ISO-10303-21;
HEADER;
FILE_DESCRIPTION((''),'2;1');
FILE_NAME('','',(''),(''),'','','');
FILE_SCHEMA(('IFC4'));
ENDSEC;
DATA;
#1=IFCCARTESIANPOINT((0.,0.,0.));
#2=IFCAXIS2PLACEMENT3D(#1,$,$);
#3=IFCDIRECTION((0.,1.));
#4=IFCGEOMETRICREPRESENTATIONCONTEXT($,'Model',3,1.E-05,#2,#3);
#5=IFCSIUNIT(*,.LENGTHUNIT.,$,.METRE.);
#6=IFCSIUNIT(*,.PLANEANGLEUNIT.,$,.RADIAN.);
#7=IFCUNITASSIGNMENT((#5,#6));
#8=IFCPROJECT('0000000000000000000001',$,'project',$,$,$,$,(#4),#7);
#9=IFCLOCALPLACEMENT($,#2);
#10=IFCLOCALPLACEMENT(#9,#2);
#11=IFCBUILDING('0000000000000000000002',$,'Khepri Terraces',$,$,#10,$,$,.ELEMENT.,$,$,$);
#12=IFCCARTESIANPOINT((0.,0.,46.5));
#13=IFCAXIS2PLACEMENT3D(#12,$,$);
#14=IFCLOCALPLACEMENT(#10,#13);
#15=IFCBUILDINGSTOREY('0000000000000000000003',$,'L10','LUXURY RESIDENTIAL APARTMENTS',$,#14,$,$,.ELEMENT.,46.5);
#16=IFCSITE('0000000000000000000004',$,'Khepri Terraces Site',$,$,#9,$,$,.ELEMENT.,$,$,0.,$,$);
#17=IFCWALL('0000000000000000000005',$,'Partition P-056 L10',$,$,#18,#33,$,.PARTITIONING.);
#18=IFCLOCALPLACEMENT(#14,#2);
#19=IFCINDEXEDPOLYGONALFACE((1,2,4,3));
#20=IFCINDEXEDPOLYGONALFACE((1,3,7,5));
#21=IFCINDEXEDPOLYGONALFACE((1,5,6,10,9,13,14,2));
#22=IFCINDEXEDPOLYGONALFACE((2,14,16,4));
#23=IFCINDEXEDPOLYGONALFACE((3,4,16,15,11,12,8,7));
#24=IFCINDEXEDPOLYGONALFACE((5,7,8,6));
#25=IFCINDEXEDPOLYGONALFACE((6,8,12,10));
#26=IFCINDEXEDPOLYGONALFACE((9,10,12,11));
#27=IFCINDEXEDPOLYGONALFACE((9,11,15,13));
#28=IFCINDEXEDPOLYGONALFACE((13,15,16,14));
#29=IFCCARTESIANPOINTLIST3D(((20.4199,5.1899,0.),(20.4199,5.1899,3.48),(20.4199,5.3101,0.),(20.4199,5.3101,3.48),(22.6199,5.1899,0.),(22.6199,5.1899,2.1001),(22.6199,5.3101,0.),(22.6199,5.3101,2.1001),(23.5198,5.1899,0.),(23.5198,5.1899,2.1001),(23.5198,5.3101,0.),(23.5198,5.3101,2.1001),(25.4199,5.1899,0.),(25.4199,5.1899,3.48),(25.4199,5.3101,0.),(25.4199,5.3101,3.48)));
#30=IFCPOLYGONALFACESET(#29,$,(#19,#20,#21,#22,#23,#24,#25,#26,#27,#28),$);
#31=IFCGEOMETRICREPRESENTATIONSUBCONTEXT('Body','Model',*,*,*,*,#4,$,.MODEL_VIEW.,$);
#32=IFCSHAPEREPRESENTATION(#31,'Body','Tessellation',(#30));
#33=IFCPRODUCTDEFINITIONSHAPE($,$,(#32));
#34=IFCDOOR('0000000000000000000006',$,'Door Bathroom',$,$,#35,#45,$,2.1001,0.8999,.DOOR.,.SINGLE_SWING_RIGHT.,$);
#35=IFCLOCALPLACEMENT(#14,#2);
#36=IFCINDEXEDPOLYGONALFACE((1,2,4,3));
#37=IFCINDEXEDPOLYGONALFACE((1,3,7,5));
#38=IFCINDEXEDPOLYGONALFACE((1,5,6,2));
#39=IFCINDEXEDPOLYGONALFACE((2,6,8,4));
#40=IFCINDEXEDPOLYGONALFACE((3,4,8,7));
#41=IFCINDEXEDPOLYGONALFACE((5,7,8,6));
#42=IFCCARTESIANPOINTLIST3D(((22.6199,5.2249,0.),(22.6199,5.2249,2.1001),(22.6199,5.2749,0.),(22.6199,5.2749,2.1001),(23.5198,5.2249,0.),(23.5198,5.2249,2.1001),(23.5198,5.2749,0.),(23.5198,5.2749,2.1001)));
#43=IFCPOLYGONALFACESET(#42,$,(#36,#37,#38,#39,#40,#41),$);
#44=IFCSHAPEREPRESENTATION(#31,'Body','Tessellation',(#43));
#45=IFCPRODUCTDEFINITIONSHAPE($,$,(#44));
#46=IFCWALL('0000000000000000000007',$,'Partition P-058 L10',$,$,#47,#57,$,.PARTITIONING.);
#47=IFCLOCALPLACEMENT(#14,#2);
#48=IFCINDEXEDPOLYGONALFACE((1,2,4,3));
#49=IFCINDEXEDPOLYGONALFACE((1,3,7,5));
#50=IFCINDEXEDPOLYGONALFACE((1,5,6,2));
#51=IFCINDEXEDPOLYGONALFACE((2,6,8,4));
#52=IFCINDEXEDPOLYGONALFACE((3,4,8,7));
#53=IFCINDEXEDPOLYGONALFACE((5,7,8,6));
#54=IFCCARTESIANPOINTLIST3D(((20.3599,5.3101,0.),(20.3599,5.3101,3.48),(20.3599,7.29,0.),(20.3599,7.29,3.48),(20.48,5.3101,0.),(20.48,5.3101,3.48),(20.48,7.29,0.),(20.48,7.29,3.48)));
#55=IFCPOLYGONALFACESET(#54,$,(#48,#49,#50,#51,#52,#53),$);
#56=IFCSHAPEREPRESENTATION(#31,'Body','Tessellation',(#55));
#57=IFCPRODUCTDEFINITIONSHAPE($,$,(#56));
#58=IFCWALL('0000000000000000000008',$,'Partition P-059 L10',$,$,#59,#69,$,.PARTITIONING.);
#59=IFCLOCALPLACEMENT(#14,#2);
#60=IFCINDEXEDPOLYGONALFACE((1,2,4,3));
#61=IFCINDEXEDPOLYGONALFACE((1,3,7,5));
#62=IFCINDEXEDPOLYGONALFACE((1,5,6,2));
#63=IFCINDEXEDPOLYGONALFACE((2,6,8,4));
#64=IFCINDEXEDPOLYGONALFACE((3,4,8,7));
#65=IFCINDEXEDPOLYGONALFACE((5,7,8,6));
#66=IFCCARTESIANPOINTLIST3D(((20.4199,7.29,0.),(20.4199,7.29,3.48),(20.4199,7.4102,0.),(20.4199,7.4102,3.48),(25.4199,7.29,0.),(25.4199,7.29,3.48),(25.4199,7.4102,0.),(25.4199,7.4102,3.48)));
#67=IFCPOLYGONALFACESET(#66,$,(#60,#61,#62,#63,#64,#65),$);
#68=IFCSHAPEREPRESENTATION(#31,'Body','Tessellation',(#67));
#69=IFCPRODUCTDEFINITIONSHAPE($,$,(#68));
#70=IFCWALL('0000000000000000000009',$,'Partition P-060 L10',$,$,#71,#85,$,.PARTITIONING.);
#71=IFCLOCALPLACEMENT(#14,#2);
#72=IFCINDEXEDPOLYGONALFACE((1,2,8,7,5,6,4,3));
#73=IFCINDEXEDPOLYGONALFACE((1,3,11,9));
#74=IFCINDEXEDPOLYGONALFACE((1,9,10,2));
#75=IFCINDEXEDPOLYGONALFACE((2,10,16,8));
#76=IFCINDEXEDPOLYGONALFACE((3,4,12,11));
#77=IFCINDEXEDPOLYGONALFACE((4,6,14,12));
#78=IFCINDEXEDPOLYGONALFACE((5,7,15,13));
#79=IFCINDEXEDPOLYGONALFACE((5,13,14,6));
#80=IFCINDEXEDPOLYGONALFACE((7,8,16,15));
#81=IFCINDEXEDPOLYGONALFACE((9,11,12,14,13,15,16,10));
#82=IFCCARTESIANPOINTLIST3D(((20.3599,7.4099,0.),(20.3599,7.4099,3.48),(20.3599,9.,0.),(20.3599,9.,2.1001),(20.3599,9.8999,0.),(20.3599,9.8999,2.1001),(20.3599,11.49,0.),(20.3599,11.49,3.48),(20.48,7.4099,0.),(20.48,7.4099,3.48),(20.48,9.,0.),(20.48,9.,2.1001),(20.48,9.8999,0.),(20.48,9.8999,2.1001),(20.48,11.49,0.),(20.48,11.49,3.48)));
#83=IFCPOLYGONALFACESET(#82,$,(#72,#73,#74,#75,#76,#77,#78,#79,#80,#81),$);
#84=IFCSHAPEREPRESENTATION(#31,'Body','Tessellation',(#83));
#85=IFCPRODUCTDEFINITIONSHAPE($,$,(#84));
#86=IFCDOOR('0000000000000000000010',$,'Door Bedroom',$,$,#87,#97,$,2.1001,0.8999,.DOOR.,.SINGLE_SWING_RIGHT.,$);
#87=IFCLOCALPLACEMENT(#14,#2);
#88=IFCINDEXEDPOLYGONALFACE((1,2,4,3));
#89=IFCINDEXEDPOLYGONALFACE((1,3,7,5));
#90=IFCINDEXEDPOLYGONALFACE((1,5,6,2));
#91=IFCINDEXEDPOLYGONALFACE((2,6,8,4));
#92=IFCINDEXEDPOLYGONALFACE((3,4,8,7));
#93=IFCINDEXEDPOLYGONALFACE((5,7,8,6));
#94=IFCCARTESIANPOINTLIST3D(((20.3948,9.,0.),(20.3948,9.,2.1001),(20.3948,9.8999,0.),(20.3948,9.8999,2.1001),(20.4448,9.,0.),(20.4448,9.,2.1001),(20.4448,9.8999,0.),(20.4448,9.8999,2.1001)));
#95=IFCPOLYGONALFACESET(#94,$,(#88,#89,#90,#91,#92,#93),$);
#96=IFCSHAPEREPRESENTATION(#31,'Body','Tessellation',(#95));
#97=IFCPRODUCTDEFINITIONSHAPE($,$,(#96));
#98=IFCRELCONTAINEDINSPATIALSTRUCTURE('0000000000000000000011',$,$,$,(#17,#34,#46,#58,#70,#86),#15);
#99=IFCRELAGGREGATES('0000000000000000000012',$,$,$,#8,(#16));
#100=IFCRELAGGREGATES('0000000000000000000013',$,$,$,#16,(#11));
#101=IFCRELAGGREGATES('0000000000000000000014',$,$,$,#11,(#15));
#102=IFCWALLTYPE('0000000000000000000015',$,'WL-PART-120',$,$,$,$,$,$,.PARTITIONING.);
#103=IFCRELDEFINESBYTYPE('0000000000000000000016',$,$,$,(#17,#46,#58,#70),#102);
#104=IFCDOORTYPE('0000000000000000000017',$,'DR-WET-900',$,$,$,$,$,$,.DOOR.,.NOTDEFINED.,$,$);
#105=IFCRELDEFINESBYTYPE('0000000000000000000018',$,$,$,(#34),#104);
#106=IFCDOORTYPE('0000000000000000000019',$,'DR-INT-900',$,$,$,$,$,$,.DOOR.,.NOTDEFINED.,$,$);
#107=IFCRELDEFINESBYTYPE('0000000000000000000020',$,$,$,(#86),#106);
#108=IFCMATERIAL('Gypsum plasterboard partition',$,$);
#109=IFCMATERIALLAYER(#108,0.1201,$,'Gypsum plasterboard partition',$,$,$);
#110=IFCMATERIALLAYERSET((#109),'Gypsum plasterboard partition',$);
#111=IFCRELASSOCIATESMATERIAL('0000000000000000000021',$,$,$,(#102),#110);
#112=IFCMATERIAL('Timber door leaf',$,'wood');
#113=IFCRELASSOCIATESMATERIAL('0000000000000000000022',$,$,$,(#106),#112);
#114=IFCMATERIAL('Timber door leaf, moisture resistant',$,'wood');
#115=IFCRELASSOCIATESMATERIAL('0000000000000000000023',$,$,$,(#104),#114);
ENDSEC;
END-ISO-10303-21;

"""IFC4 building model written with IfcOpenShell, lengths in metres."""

from ifc_helpers import new_model, si_unit, direction, frame, frame_2d, origin, place, context, subcontext, project, spatial, rectangle, extrude, material, layer, layer_set, type_object, element, fill, save


model = new_model("IFC4")

# Units and contexts
model_context = context("Model", 3, precision=1e-05, world=origin(), true_north=direction((0.0, 1.0)))
body_context = subcontext(model_context, "Body", "Model", "MODEL_VIEW")
ifc_project = project(units=[si_unit("LENGTHUNIT", "METRE"), si_unit("PLANEANGLEUNIT", "RADIAN")], contexts=[model_context])

# Site, building, storey
site_placement = place(None, origin())
site = spatial("IfcSite", under=ifc_project, at=site_placement, Name="Khepri Terraces Site", CompositionType="ELEMENT", RefElevation=0.0)
building_placement = place(site_placement, origin())
building = spatial("IfcBuilding", under=site, at=building_placement, Name="Khepri Terraces", CompositionType="ELEMENT")
storey_placement = place(building_placement, frame((0.0, 0.0, 46.5)))
storey = spatial("IfcBuildingStorey", under=building, at=storey_placement, Name="L10", Description="LUXURY RESIDENTIAL APARTMENTS", CompositionType="ELEMENT", Elevation=46.5)

# Shared definitions
ifc_material_1 = material(Name="Gypsum plasterboard partition")
ifc_layer_1 = layer(ifc_material_1, 0.1201, Name="Gypsum plasterboard partition")
ifc_layer_set_1 = layer_set([ifc_layer_1], Name="Gypsum plasterboard partition")
wall_type_1 = type_object("IfcWallType", Name="WL-PART-120", PredefinedType="PARTITIONING", material=ifc_layer_set_1)

# Shared definitions
ifc_material_2 = material(Name="Timber door leaf", Category="wood")
door_type_1 = type_object("IfcDoorType", Name="DR-INT-900", OperationType="NOTDEFINED", PredefinedType="DOOR", material=ifc_material_2)

# Wall, opening, door
wall_1_placement = place(storey_placement, frame((20.4199, 5.25, 0.0), z_axis=(0.0, 0.0, 1.0), x_axis=(1.0, 0.0, 0.0)))
wall_1 = element("IfcWall", 1, at=wall_1_placement, inside=storey, type_object=wall_type_1, Name="Partition P-056 L10", PredefinedType="PARTITIONING", context=body_context, shape_type="SweptSolid", body=[
    extrude(rectangle(XDim=5.0, YDim=0.1201, at=frame_2d((2.5, 0.0))), origin(), (0.0, 0.0, 1.0), 3.48),
])
opening_1_placement = place(wall_1_placement, frame((2.2, 0.0, 0.0)))
opening_1 = element("IfcOpeningElement", 2, at=opening_1_placement, cuts=wall_1, PredefinedType="OPENING", context=body_context, shape_type="SweptSolid", body=[
    extrude(rectangle(XDim=0.8999, YDim=2.1001, at=frame_2d((0.45, 1.05))), frame((0.0, 0.0701, 0.0), z_axis=(0.0, -1.0, 0.0), x_axis=(1.0, 0.0, 0.0)), (0.0, 0.0, 1.0), 0.1401),
])
ifc_material_3 = material(Name="Timber door leaf, moisture resistant", Category="wood")
door_type_2 = type_object("IfcDoorType", Name="DR-WET-900", OperationType="NOTDEFINED", PredefinedType="DOOR", material=ifc_material_3)
door_1_placement = place(opening_1_placement, origin())
door_1 = element("IfcDoor", 3, at=door_1_placement, inside=storey, type_object=door_type_2, Name="Door Bathroom", OperationType="SINGLE_SWING_RIGHT", OverallHeight=2.1001, OverallWidth=0.8999, PredefinedType="DOOR", context=body_context, shape_type="SweptSolid", body=[
    extrude(rectangle(XDim=0.8999, YDim=2.1001, at=frame_2d((0.45, 1.05))), frame((0.0, 0.0249, 0.0), z_axis=(0.0, -1.0, 0.0), x_axis=(1.0, 0.0, 0.0)), (0.0, 0.0, 1.0), 0.05),
])
fill(opening_1, door_1)

# Walls
wall_2_placement = place(storey_placement, frame((20.4199, 5.3101, 0.0), z_axis=(0.0, 0.0, 1.0), x_axis=(0.0, 1.0, 0.0)))
element("IfcWall", 4, at=wall_2_placement, inside=storey, type_object=wall_type_1, Name="Partition P-058 L10", PredefinedType="PARTITIONING", context=body_context, shape_type="SweptSolid", body=[
    extrude(rectangle(XDim=1.98, YDim=0.1201, at=frame_2d((0.99, 0.0))), origin(), (0.0, 0.0, 1.0), 3.48),
])
wall_3_placement = place(storey_placement, frame((20.4199, 7.3501, 0.0), z_axis=(0.0, 0.0, 1.0), x_axis=(1.0, 0.0, 0.0)))
element("IfcWall", 5, at=wall_3_placement, inside=storey, type_object=wall_type_1, Name="Partition P-059 L10", PredefinedType="PARTITIONING", context=body_context, shape_type="SweptSolid", body=[
    extrude(rectangle(XDim=5.0, YDim=0.1201, at=frame_2d((2.5, 0.0))), origin(), (0.0, 0.0, 1.0), 3.48),
])

# Wall, opening, door
wall_4_placement = place(storey_placement, frame((20.4199, 7.4099, 0.0), z_axis=(0.0, 0.0, 1.0), x_axis=(0.0, 1.0, 0.0)))
wall_4 = element("IfcWall", 6, at=wall_4_placement, inside=storey, type_object=wall_type_1, Name="Partition P-060 L10", PredefinedType="PARTITIONING", context=body_context, shape_type="SweptSolid", body=[
    extrude(rectangle(XDim=4.0801, YDim=0.1201, at=frame_2d((2.04, 0.0))), origin(), (0.0, 0.0, 1.0), 3.48),
])
opening_2_placement = place(wall_4_placement, frame((1.5901, 0.0, 0.0)))
opening_2 = element("IfcOpeningElement", 7, at=opening_2_placement, cuts=wall_4, PredefinedType="OPENING", context=body_context, shape_type="SweptSolid", body=[
    extrude(rectangle(XDim=0.8999, YDim=2.1001, at=frame_2d((0.45, 1.05))), frame((0.0, 0.0701, 0.0), z_axis=(0.0, -1.0, 0.0), x_axis=(1.0, 0.0, 0.0)), (0.0, 0.0, 1.0), 0.1401),
])
door_2_placement = place(opening_2_placement, frame((0.8999, 0.0, 0.0), z_axis=(0.0, 0.0, 1.0), x_axis=(-1.0, 0.0, 0.0)))
door_2 = element("IfcDoor", 8, at=door_2_placement, inside=storey, type_object=door_type_1, Name="Door Bedroom", OperationType="SINGLE_SWING_RIGHT", OverallHeight=2.1001, OverallWidth=0.8999, PredefinedType="DOOR", context=body_context, shape_type="SweptSolid", body=[
    extrude(rectangle(XDim=0.8999, YDim=2.1001, at=frame_2d((0.45, 1.05))), frame((0.0, 0.0249, 0.0), z_axis=(0.0, -1.0, 0.0), x_axis=(1.0, 0.0, 0.0)), (0.0, 0.0, 1.0), 0.05),
])
fill(opening_2, door_2)

save(model, "model.ifc")
